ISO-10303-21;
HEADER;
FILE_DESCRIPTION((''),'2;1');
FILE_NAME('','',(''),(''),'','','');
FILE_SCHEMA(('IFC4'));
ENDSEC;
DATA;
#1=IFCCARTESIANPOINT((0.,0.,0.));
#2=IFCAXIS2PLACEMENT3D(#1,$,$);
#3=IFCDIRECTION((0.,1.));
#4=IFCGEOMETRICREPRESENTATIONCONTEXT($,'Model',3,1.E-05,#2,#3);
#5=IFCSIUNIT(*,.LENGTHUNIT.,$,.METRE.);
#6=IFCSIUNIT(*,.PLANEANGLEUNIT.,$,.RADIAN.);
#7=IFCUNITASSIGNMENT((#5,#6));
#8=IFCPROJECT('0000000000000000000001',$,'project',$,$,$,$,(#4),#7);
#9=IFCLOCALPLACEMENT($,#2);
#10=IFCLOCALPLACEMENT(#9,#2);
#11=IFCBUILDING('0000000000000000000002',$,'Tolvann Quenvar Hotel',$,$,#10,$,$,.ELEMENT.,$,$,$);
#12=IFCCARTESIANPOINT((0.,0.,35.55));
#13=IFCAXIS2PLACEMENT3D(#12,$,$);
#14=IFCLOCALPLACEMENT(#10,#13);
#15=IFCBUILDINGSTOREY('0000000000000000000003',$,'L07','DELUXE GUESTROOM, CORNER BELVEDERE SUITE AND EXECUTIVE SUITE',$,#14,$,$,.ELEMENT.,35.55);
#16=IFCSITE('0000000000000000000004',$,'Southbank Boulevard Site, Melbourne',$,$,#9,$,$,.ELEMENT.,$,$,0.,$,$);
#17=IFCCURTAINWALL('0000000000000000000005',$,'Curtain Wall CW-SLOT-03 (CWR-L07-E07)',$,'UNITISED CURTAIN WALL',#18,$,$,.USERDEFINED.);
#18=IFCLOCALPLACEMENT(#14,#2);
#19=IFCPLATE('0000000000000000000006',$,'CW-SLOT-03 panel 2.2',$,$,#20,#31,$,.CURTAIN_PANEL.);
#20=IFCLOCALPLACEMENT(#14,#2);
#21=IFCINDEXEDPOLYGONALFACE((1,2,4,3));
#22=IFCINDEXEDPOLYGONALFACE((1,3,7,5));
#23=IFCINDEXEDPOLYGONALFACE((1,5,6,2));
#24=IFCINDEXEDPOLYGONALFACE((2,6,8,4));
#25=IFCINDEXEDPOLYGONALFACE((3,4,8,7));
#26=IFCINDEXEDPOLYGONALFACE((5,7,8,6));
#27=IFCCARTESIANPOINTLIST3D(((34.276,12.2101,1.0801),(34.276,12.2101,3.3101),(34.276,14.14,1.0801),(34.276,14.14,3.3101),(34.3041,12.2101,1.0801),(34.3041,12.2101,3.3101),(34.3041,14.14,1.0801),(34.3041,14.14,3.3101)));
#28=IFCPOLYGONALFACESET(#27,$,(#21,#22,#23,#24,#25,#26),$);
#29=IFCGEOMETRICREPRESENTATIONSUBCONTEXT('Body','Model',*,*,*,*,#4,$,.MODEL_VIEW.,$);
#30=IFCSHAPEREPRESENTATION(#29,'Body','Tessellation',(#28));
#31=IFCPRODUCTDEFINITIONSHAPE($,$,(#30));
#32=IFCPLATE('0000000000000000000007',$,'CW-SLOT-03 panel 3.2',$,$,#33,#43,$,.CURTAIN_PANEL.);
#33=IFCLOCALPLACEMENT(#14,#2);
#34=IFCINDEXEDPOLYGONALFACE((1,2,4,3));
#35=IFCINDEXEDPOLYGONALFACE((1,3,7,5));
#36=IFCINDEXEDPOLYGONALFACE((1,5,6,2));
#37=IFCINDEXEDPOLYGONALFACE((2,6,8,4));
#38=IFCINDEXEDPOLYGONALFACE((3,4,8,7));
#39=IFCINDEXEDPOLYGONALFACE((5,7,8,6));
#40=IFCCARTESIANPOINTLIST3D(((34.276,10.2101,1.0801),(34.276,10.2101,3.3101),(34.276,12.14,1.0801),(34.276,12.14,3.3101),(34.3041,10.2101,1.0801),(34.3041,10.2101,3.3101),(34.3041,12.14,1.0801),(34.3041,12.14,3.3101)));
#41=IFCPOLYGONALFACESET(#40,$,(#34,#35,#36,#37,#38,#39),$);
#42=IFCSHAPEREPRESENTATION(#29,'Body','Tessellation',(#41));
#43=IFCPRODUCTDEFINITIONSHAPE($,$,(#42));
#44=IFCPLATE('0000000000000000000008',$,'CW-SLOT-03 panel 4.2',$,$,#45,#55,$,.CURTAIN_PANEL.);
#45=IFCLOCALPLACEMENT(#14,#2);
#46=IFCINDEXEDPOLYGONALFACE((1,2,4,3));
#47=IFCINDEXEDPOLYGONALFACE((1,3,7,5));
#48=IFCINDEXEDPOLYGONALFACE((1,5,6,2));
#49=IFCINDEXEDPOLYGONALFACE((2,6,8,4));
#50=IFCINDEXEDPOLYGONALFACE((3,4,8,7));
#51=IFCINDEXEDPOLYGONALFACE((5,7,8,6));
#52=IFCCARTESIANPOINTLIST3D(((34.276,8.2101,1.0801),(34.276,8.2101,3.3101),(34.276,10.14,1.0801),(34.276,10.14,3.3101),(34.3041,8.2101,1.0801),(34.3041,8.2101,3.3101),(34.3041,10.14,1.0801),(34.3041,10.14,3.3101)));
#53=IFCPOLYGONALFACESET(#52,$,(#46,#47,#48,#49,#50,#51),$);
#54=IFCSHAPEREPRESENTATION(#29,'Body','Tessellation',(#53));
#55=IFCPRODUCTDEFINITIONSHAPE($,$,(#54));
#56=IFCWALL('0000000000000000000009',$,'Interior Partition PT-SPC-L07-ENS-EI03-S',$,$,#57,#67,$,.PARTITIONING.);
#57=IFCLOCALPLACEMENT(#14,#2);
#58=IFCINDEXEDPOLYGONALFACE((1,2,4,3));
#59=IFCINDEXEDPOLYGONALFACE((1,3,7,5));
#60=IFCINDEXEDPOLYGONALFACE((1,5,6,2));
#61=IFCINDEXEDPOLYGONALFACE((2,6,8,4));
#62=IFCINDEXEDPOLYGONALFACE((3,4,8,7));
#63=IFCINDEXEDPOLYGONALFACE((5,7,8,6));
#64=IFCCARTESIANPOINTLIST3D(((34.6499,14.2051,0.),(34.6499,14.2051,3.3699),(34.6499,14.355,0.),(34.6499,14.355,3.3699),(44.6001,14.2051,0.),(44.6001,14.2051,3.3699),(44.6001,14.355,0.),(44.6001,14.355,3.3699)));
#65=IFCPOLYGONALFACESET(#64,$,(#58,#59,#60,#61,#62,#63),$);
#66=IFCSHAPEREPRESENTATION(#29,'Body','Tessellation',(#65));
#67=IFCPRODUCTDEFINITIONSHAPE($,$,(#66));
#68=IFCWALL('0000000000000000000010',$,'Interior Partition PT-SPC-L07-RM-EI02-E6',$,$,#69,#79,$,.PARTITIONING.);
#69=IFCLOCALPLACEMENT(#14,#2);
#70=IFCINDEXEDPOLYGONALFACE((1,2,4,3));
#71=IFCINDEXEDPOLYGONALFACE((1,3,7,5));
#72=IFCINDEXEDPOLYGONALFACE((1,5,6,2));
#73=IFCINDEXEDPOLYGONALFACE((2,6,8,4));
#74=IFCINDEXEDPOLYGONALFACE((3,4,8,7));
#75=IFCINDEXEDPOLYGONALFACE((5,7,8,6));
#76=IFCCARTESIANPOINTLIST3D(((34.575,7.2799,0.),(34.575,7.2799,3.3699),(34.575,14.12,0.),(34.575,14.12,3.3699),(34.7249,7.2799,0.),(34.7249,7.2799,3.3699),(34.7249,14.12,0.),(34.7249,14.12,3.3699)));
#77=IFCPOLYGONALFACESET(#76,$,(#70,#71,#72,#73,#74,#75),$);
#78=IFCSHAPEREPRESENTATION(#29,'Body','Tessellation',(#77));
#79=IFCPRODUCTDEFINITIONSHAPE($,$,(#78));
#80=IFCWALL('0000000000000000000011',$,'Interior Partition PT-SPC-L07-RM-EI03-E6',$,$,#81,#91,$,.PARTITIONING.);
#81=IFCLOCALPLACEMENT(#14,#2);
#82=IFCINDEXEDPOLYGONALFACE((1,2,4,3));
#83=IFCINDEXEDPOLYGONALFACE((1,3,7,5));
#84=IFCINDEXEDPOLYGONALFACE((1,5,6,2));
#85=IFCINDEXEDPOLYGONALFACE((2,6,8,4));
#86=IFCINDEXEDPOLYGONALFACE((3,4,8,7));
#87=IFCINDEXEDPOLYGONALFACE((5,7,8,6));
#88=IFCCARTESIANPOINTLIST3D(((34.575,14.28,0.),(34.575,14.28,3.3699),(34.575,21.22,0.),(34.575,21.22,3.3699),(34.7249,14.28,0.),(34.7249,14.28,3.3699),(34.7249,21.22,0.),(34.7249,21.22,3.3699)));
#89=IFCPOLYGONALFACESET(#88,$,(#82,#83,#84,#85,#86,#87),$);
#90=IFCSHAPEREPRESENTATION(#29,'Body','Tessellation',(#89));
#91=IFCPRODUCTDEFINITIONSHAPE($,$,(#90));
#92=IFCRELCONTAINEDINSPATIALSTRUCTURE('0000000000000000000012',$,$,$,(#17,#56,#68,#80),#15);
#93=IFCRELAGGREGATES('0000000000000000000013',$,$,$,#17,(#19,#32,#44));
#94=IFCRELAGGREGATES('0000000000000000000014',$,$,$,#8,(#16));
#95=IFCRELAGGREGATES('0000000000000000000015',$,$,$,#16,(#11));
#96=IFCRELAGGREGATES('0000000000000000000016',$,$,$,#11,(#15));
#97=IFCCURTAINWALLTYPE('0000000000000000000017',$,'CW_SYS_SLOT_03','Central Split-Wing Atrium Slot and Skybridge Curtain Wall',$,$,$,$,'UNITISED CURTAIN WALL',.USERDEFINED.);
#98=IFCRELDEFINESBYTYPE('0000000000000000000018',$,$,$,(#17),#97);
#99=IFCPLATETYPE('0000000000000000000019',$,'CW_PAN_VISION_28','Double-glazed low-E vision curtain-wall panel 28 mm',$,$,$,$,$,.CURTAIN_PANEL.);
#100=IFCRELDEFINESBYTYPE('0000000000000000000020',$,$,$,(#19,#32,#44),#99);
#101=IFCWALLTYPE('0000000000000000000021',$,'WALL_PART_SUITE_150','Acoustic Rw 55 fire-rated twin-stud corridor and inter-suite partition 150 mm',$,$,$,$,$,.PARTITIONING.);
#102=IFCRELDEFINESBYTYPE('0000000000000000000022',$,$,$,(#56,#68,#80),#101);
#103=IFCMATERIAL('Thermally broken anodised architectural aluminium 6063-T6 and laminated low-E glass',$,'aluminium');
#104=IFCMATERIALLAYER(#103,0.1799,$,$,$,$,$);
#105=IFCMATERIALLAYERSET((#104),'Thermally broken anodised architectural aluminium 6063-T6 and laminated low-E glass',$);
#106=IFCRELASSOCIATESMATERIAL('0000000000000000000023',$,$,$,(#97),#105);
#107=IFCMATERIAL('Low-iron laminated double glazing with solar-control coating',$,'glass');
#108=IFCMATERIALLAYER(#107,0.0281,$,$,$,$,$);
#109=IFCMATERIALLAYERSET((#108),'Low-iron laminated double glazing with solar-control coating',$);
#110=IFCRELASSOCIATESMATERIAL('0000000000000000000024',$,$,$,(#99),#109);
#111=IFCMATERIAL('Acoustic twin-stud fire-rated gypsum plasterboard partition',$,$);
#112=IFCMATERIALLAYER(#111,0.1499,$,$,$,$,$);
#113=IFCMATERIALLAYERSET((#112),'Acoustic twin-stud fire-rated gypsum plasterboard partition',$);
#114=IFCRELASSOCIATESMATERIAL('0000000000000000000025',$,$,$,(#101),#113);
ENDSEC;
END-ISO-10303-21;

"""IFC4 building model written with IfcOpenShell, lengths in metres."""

from ifc_helpers import new_model, si_unit, direction, frame, frame_2d, origin, origin_2d, place, context, subcontext, project, spatial, rectangle, extrude, source, transform, mapped, material, layer, layer_set, type_object, element, aggregate, save


model = new_model("IFC4")

# Units and contexts
model_context = context("Model", 3, precision=1e-05, world=origin(), true_north=direction((0.0, 1.0)))
body_context = subcontext(model_context, "Body", "Model", "MODEL_VIEW")
ifc_project = project(units=[si_unit("LENGTHUNIT", "METRE"), si_unit("PLANEANGLEUNIT", "RADIAN")], contexts=[model_context])

# Site, building, storey
site_placement = place(None, origin())
site = spatial("IfcSite", under=ifc_project, at=site_placement, Name="Southbank Boulevard Site, Melbourne", CompositionType="ELEMENT", RefElevation=0.0)
building_placement = place(site_placement, origin())
building = spatial("IfcBuilding", under=site, at=building_placement, Name="Tolvann Quenvar Hotel", CompositionType="ELEMENT")
storey_placement = place(building_placement, frame((0.0, 0.0, 35.55)))
storey = spatial("IfcBuildingStorey", under=building, at=storey_placement, Name="L07", Description="DELUXE GUESTROOM, CORNER BELVEDERE SUITE AND EXECUTIVE SUITE", CompositionType="ELEMENT", Elevation=35.55)

# Curtain wall, plates
ifc_material_1 = material(Name="Thermally broken anodised architectural aluminium 6063-T6 and laminated low-E glass", Category="aluminium")
ifc_layer_1 = layer(ifc_material_1, 0.1799)
ifc_layer_set_1 = layer_set([ifc_layer_1], Name="Thermally broken anodised architectural aluminium 6063-T6 and laminated low-E glass")
curtain_wall_type = type_object("IfcCurtainWallType", Name="CW_SYS_SLOT_03", Description="Central Split-Wing Atrium Slot and Skybridge Curtain Wall", ElementType="UNITISED CURTAIN WALL", PredefinedType="USERDEFINED", material=ifc_layer_set_1)
curtain_wall_placement = place(storey_placement, origin())
curtain_wall = element("IfcCurtainWall", 1, at=curtain_wall_placement, inside=storey, type_object=curtain_wall_type, Name="Curtain Wall CW-SLOT-03 (CWR-L07-E07)", ObjectType="UNITISED CURTAIN WALL", PredefinedType="USERDEFINED")
ifc_material_2 = material(Name="Low-iron laminated double glazing with solar-control coating", Category="glass")
ifc_layer_2 = layer(ifc_material_2, 0.0281)
ifc_layer_set_2 = layer_set([ifc_layer_2], Name="Low-iron laminated double glazing with solar-control coating")
plate_type = type_object("IfcPlateType", Name="CW_PAN_VISION_28", Description="Double-glazed low-E vision curtain-wall panel 28 mm", PredefinedType="CURTAIN_PANEL", material=ifc_layer_set_2)
shared_shape_1 = source(origin(), body_context, "Body", "SweptSolid", [
    extrude(rectangle(XDim=1.9299, YDim=0.0281, at=origin_2d()), origin(), (0.0, 0.0, 1.0), 2.23),
])
plate_1_placement = place(storey_placement, frame((34.29, 13.175, 1.0801), z_axis=(0.0, 0.0, 1.0), x_axis=(0.0, -1.0, 0.0)))
plate_1 = element("IfcPlate", 2, at=plate_1_placement, type_object=plate_type, Name="CW-SLOT-03 panel 2.2", PredefinedType="CURTAIN_PANEL", context=body_context, shape_type="MappedRepresentation", body=[
    mapped(shared_shape_1, transform((0.0, 0.0, 0.0), x_axis=(1.0, 0.0, 0.0), y_axis=(0.0, 1.0, 0.0), z_axis=(0.0, 0.0, 1.0), scale=1.0)),
])
plate_2_placement = place(storey_placement, frame((34.29, 11.175, 1.0801), z_axis=(0.0, 0.0, 1.0), x_axis=(0.0, -1.0, 0.0)))
plate_2 = element("IfcPlate", 3, at=plate_2_placement, type_object=plate_type, Name="CW-SLOT-03 panel 3.2", PredefinedType="CURTAIN_PANEL", context=body_context, shape_type="MappedRepresentation", body=[
    mapped(shared_shape_1, transform((0.0, 0.0, 0.0), x_axis=(1.0, 0.0, 0.0), y_axis=(0.0, 1.0, 0.0), z_axis=(0.0, 0.0, 1.0), scale=1.0)),
])
plate_3_placement = place(storey_placement, frame((34.29, 9.175, 1.0801), z_axis=(0.0, 0.0, 1.0), x_axis=(0.0, -1.0, 0.0)))
plate_3 = element("IfcPlate", 4, at=plate_3_placement, type_object=plate_type, Name="CW-SLOT-03 panel 4.2", PredefinedType="CURTAIN_PANEL", context=body_context, shape_type="MappedRepresentation", body=[
    mapped(shared_shape_1, transform((0.0, 0.0, 0.0), x_axis=(1.0, 0.0, 0.0), y_axis=(0.0, 1.0, 0.0), z_axis=(0.0, 0.0, 1.0), scale=1.0)),
])
aggregate(curtain_wall, [plate_1, plate_2, plate_3])

# Walls
ifc_material_3 = material(Name="Acoustic twin-stud fire-rated gypsum plasterboard partition")
ifc_layer_3 = layer(ifc_material_3, 0.1499)
ifc_layer_set_3 = layer_set([ifc_layer_3], Name="Acoustic twin-stud fire-rated gypsum plasterboard partition")
wall_type = type_object("IfcWallType", Name="WALL_PART_SUITE_150", Description="Acoustic Rw 55 fire-rated twin-stud corridor and inter-suite partition 150 mm", PredefinedType="PARTITIONING", material=ifc_layer_set_3)
wall_1_placement = place(storey_placement, frame((34.6499, 14.28, 0.0), z_axis=(0.0, 0.0, 1.0), x_axis=(1.0, 0.0, 0.0)))
element("IfcWall", 5, at=wall_1_placement, inside=storey, type_object=wall_type, Name="Interior Partition PT-SPC-L07-ENS-EI03-S", PredefinedType="PARTITIONING", context=body_context, shape_type="SweptSolid", body=[
    extrude(rectangle(XDim=9.9502, YDim=0.1499, at=frame_2d((4.9751, 0.0))), origin(), (0.0, 0.0, 1.0), 3.3699),
])
wall_2_placement = place(storey_placement, frame((34.6499, 7.28, 0.0), z_axis=(0.0, 0.0, 1.0), x_axis=(0.0, 1.0, 0.0)))
element("IfcWall", 6, at=wall_2_placement, inside=storey, type_object=wall_type, Name="Interior Partition PT-SPC-L07-RM-EI02-E6", PredefinedType="PARTITIONING", context=body_context, shape_type="SweptSolid", body=[
    extrude(rectangle(XDim=6.8401, YDim=0.1499, at=frame_2d((3.4199, 0.0))), origin(), (0.0, 0.0, 1.0), 3.3699),
])
wall_3_placement = place(storey_placement, frame((34.6499, 14.28, 0.0), z_axis=(0.0, 0.0, 1.0), x_axis=(0.0, 1.0, 0.0)))
element("IfcWall", 7, at=wall_3_placement, inside=storey, type_object=wall_type, Name="Interior Partition PT-SPC-L07-RM-EI03-E6", PredefinedType="PARTITIONING", context=body_context, shape_type="SweptSolid", body=[
    extrude(rectangle(XDim=6.9399, YDim=0.1499, at=frame_2d((3.47, 0.0))), origin(), (0.0, 0.0, 1.0), 3.3699),
])

save(model, "model.ifc")
